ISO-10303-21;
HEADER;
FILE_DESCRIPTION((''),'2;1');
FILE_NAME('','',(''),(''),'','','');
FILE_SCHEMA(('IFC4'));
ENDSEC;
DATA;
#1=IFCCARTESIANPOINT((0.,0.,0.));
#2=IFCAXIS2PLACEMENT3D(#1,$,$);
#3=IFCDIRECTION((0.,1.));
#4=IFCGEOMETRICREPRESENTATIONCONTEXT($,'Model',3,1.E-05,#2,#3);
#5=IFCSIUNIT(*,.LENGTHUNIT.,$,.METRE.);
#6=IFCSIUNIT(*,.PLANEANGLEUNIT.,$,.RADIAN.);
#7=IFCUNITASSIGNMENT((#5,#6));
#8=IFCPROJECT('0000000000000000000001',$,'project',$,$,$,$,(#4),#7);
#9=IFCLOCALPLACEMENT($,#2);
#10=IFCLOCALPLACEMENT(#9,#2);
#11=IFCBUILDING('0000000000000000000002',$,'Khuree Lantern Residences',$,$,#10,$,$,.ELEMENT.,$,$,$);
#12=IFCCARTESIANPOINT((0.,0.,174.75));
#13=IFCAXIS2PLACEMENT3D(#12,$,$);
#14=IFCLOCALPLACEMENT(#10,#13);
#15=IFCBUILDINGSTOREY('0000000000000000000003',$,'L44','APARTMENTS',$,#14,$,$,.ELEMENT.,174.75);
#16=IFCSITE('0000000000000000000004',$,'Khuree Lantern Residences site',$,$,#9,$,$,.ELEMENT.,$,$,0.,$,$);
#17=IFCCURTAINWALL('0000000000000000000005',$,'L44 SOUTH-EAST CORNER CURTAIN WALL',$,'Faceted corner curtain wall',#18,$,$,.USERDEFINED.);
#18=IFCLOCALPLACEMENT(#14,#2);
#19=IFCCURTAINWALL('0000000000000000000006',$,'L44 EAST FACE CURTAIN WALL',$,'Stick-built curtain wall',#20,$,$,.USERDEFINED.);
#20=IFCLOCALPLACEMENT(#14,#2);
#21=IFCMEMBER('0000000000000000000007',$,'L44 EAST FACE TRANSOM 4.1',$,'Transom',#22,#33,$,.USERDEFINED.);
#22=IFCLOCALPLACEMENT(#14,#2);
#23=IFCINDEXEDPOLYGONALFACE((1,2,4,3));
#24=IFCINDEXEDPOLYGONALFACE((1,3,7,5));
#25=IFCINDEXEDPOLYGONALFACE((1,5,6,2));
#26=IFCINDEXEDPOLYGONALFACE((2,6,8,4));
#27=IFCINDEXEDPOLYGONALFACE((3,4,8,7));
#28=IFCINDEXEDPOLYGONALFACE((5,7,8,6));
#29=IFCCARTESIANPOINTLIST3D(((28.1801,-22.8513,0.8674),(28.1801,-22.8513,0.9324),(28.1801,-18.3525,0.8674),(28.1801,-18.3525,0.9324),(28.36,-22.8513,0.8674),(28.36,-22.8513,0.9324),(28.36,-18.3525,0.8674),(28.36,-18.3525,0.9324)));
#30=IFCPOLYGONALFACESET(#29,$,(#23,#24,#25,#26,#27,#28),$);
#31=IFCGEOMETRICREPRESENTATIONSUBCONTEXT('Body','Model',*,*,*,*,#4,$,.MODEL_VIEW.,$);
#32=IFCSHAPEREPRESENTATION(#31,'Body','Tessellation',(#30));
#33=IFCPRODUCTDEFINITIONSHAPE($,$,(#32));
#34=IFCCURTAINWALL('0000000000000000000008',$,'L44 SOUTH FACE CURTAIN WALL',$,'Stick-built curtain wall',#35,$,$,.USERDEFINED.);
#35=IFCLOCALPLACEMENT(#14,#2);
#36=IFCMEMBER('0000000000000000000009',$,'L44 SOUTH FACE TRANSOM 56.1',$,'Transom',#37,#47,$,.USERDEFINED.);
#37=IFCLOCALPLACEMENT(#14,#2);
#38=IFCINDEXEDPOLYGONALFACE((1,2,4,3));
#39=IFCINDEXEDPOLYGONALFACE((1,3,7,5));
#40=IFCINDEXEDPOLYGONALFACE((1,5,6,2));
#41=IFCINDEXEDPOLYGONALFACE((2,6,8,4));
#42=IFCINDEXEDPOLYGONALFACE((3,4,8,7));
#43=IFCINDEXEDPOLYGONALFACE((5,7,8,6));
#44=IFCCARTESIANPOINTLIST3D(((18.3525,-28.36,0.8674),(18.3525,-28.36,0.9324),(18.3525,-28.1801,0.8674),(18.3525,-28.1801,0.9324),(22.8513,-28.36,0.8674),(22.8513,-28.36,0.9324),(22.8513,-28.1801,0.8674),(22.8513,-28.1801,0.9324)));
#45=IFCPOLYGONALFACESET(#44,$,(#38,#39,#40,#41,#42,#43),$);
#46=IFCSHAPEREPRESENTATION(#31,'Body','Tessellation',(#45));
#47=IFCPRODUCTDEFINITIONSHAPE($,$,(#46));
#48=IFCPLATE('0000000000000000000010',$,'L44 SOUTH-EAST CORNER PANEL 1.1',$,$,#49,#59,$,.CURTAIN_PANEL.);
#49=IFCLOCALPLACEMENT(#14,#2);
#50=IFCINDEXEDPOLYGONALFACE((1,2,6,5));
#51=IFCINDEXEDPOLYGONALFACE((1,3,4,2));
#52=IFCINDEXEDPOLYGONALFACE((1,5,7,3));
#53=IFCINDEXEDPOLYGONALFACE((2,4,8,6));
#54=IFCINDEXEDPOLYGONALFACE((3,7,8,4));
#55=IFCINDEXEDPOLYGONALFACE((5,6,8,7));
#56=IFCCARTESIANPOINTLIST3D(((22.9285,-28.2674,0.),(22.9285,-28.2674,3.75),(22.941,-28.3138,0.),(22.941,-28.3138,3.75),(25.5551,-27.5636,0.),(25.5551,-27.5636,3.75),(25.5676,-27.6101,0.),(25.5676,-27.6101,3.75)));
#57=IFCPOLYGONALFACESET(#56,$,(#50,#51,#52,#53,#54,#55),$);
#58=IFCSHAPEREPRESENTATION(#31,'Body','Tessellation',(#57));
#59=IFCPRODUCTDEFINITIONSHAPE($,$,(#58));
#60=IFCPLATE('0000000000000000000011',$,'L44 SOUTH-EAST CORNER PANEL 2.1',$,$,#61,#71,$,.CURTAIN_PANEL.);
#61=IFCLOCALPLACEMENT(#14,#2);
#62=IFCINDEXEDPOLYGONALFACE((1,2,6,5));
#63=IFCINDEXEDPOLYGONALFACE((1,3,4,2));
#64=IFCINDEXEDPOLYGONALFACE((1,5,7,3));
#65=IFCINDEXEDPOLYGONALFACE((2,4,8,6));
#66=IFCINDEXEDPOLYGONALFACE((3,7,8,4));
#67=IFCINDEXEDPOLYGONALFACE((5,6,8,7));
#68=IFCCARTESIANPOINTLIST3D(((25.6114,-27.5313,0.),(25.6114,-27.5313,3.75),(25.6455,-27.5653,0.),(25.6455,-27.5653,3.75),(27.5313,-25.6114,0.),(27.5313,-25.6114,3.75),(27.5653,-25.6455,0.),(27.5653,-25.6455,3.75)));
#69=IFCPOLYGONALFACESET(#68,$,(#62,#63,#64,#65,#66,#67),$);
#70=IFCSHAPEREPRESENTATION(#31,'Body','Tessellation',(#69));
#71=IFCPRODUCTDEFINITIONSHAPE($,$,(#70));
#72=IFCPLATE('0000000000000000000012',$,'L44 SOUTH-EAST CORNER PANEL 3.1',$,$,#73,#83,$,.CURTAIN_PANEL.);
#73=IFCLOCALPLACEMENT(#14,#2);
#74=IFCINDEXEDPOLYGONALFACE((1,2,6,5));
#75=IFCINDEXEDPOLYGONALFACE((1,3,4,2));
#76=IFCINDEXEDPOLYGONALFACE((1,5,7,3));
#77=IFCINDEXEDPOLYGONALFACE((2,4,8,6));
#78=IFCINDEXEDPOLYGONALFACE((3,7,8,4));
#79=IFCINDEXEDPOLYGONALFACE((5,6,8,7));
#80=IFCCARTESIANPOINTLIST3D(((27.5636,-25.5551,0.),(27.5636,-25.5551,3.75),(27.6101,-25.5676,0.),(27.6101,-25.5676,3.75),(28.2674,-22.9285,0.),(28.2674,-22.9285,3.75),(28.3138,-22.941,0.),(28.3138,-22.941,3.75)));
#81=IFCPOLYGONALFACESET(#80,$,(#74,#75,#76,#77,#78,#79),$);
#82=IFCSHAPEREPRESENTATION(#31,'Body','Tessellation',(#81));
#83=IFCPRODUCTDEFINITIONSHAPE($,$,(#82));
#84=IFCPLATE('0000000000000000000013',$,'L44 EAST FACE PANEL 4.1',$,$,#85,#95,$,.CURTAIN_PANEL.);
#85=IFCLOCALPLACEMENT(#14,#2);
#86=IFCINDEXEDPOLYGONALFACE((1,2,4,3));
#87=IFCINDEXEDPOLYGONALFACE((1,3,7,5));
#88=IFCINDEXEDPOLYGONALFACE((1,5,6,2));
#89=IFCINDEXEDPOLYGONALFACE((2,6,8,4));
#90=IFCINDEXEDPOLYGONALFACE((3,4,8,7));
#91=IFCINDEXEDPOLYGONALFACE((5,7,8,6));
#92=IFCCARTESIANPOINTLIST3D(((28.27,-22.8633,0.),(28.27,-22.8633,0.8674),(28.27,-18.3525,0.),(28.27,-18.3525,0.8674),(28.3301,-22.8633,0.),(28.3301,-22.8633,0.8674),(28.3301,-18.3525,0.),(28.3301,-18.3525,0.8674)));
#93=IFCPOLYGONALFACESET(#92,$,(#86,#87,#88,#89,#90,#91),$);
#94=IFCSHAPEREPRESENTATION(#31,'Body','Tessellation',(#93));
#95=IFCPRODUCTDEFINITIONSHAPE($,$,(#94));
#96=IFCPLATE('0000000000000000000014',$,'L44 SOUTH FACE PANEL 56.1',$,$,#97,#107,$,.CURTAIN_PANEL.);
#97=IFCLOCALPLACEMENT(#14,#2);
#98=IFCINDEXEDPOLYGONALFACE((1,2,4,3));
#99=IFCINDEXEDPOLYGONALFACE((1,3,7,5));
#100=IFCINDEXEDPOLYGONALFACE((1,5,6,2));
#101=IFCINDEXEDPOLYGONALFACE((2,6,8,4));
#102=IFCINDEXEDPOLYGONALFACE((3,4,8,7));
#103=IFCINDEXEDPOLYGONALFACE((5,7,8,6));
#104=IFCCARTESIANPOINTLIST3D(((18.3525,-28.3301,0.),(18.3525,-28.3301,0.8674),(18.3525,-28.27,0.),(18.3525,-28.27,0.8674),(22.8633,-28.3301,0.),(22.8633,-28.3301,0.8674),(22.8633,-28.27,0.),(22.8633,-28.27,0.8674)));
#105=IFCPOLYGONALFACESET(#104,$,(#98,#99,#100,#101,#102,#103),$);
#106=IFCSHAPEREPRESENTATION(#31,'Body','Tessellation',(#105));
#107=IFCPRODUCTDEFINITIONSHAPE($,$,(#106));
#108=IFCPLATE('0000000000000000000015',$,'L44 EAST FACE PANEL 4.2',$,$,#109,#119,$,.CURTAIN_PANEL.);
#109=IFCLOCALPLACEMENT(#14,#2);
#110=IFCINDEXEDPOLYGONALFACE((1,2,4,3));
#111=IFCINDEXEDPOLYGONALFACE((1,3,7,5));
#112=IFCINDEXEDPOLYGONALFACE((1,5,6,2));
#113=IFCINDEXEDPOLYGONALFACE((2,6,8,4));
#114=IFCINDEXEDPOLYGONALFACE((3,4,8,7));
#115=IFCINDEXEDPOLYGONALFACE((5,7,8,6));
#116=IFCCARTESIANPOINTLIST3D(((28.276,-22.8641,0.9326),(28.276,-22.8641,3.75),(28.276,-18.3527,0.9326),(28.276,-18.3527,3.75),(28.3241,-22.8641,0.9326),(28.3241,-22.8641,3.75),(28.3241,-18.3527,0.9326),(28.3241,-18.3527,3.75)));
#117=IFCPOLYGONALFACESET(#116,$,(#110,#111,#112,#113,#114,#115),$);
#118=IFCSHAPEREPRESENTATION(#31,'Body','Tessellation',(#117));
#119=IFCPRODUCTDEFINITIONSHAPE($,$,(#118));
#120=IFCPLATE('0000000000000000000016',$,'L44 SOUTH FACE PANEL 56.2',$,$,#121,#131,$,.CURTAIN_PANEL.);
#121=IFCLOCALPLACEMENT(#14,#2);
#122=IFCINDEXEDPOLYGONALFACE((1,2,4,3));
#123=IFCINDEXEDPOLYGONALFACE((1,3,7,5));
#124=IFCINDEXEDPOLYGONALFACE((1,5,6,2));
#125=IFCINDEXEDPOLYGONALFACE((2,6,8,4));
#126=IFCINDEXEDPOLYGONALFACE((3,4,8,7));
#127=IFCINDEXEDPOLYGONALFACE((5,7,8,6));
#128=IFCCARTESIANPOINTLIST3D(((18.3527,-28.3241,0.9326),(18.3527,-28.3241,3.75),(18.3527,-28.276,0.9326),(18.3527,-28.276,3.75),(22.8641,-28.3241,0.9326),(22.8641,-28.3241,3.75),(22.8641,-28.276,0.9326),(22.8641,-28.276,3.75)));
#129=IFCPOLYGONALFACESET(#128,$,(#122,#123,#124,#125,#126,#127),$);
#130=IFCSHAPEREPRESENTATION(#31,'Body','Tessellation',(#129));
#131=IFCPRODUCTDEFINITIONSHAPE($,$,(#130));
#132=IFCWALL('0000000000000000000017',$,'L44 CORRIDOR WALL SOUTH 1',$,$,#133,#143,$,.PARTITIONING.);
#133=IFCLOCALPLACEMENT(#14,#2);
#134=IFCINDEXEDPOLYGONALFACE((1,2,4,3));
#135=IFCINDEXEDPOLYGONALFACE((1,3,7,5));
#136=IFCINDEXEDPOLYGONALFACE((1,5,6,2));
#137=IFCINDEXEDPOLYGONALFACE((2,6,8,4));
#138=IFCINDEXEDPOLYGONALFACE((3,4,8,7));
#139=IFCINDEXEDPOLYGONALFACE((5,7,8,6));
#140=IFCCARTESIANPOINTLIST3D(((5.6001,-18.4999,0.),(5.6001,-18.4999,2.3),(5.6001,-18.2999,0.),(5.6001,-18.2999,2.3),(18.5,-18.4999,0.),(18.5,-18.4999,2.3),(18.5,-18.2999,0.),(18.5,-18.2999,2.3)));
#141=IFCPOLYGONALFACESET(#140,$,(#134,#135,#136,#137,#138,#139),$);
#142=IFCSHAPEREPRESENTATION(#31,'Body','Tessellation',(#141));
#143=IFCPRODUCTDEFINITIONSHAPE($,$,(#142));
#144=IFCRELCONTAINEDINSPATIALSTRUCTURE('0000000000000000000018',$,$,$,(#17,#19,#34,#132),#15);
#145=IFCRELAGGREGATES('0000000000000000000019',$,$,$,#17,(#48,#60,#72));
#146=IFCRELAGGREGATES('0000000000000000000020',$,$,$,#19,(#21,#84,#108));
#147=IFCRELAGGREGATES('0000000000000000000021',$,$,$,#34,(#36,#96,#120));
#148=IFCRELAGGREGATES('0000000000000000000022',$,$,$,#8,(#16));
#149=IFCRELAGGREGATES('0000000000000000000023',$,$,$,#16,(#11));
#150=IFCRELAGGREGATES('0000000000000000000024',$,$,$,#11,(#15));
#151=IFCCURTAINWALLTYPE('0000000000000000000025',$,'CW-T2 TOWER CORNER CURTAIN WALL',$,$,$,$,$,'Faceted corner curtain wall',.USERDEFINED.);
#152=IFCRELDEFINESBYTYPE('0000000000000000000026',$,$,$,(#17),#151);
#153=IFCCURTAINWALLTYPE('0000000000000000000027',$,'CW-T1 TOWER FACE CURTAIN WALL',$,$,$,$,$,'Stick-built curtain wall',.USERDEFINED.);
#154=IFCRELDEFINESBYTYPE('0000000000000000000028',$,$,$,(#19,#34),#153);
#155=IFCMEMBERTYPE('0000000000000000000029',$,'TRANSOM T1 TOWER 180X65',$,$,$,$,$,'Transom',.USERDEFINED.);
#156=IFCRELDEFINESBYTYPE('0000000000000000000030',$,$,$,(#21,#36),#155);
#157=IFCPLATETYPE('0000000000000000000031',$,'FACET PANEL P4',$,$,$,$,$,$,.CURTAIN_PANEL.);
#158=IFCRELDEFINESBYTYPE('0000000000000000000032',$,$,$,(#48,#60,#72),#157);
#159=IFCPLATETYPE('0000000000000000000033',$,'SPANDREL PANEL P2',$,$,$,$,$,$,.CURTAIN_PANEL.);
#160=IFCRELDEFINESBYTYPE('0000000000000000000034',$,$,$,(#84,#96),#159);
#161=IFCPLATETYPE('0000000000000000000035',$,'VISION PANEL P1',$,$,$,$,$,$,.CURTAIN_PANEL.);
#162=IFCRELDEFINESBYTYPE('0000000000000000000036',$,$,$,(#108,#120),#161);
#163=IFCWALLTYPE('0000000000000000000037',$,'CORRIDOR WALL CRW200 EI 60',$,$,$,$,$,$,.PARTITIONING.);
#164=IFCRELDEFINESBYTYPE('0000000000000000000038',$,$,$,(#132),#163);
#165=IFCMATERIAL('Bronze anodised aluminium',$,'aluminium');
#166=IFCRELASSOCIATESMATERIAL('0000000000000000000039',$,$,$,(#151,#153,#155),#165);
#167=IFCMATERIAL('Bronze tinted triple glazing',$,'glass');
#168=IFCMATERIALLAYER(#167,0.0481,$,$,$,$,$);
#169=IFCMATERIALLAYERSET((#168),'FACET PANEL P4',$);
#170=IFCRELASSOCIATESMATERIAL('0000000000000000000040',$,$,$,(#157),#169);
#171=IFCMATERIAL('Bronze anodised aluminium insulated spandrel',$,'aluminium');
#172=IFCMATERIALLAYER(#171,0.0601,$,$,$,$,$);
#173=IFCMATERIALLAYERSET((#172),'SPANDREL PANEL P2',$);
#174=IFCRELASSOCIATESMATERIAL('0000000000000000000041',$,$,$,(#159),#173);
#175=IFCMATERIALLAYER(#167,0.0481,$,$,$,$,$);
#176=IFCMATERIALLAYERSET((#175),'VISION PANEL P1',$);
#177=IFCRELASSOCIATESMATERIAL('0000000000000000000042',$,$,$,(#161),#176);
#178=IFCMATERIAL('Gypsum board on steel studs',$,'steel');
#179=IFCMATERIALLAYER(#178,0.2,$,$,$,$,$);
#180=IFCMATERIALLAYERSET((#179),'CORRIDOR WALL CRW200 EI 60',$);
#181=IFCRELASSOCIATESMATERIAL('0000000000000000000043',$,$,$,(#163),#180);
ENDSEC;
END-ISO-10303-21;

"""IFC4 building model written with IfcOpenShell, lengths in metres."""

from ifc_helpers import new_model, si_unit, direction, frame, frame_2d, origin, origin_2d, place, context, subcontext, project, spatial, rectangle, extrude, material, layer, layer_set, material_profile, profile_set, type_object, element, aggregate, save


model = new_model("IFC4")

# Units and contexts
model_context = context("Model", 3, precision=1e-05, world=origin(), true_north=direction((0.0, 1.0)))
body_context = subcontext(model_context, "Body", "Model", "MODEL_VIEW")
ifc_project = project(units=[si_unit("LENGTHUNIT", "METRE"), si_unit("PLANEANGLEUNIT", "RADIAN")], contexts=[model_context])

# Site, building, storey
site_placement = place(None, origin())
site = spatial("IfcSite", under=ifc_project, at=site_placement, Name="Khuree Lantern Residences site", CompositionType="ELEMENT", RefElevation=0.0)
building_placement = place(site_placement, origin())
building = spatial("IfcBuilding", under=site, at=building_placement, Name="Khuree Lantern Residences", CompositionType="ELEMENT")
storey_placement = place(building_placement, frame((0.0, 0.0, 174.75)))
storey = spatial("IfcBuildingStorey", under=building, at=storey_placement, Name="L44", Description="APARTMENTS", CompositionType="ELEMENT", Elevation=174.75)

# Curtain wall
ifc_material_1 = material(Name="Bronze anodised aluminium", Category="aluminium")
curtain_wall_type_1 = type_object("IfcCurtainWallType", Name="CW-T2 TOWER CORNER CURTAIN WALL", ElementType="Faceted corner curtain wall", PredefinedType="USERDEFINED", material=ifc_material_1)
curtain_wall_1_placement = place(storey_placement, origin())
curtain_wall_1 = element("IfcCurtainWall", 1, at=curtain_wall_1_placement, inside=storey, type_object=curtain_wall_type_1, Name="L44 SOUTH-EAST CORNER CURTAIN WALL", ObjectType="Faceted corner curtain wall", PredefinedType="USERDEFINED")

# Curtain wall, member
curtain_wall_type_2 = type_object("IfcCurtainWallType", Name="CW-T1 TOWER FACE CURTAIN WALL", ElementType="Stick-built curtain wall", PredefinedType="USERDEFINED", material=ifc_material_1)
curtain_wall_2_placement = place(storey_placement, origin())
curtain_wall_2 = element("IfcCurtainWall", 2, at=curtain_wall_2_placement, inside=storey, type_object=curtain_wall_type_2, Name="L44 EAST FACE CURTAIN WALL", ObjectType="Stick-built curtain wall", PredefinedType="USERDEFINED")
ifc_material_profile_1 = material_profile(ifc_material_1, rectangle(XDim=0.1799, YDim=0.0649, at=origin_2d()), Name="T1 180X65")
ifc_profile_set_1 = profile_set([ifc_material_profile_1], Name="Bronze anodised aluminium")
member_type_1 = type_object("IfcMemberType", Name="TRANSOM T1 TOWER 180X65", ElementType="Transom", PredefinedType="USERDEFINED", material=ifc_profile_set_1)
member_1_placement = place(storey_placement, frame((28.27, -22.8513, 0.8999), z_axis=(0.0, 1.0, 0.0), x_axis=(-1.0, 0.0, 0.0)))
member_1 = element("IfcMember", 3, at=member_1_placement, type_object=member_type_1, Name="L44 EAST FACE TRANSOM 4.1", ObjectType="Transom", PredefinedType="USERDEFINED", context=body_context, shape_type="SweptSolid", body=[
    extrude(rectangle(XDim=0.1799, YDim=0.0649, at=origin_2d()), origin(), (0.0, 0.0, 1.0), 4.4988),
])

# Curtain wall, member
curtain_wall_3_placement = place(storey_placement, origin())
curtain_wall_3 = element("IfcCurtainWall", 4, at=curtain_wall_3_placement, inside=storey, type_object=curtain_wall_type_2, Name="L44 SOUTH FACE CURTAIN WALL", ObjectType="Stick-built curtain wall", PredefinedType="USERDEFINED")
member_2_placement = place(storey_placement, frame((18.3525, -28.27, 0.8999), z_axis=(1.0, 0.0, 0.0), x_axis=(0.0, 1.0, 0.0)))
member_2 = element("IfcMember", 5, at=member_2_placement, type_object=member_type_1, Name="L44 SOUTH FACE TRANSOM 56.1", ObjectType="Transom", PredefinedType="USERDEFINED", context=body_context, shape_type="SweptSolid", body=[
    extrude(rectangle(XDim=0.1799, YDim=0.0649, at=origin_2d()), origin(), (0.0, 0.0, 1.0), 4.4988),
])

# Plates
ifc_material_2 = material(Name="Bronze tinted triple glazing", Category="glass")
ifc_layer_1 = layer(ifc_material_2, 0.0481)
ifc_layer_set_1 = layer_set([ifc_layer_1], Name="FACET PANEL P4")
plate_type_1 = type_object("IfcPlateType", Name="FACET PANEL P4", PredefinedType="CURTAIN_PANEL", material=ifc_layer_set_1)
plate_1_placement = place(storey_placement, frame((24.248, -27.9387, 0.0), z_axis=(0.0, 0.0, 1.0), x_axis=(0.965926, 0.258819, 0.0)))
plate_1 = element("IfcPlate", 6, at=plate_1_placement, type_object=plate_type_1, Name="L44 SOUTH-EAST CORNER PANEL 1.1", PredefinedType="CURTAIN_PANEL", context=body_context, shape_type="SweptSolid", body=[
    extrude(rectangle(XDim=2.7192, YDim=0.0481, at=origin_2d()), origin(), (0.0, 0.0, 1.0), 3.75),
])
plate_2_placement = place(storey_placement, frame((26.5884, -26.5884, 0.0), z_axis=(0.0, 0.0, 1.0), x_axis=(0.707107, 0.707107, 0.0)))
plate_2 = element("IfcPlate", 7, at=plate_2_placement, type_object=plate_type_1, Name="L44 SOUTH-EAST CORNER PANEL 2.1", PredefinedType="CURTAIN_PANEL", context=body_context, shape_type="SweptSolid", body=[
    extrude(rectangle(XDim=2.7151, YDim=0.0481, at=origin_2d()), origin(), (0.0, 0.0, 1.0), 3.75),
])
plate_3_placement = place(storey_placement, frame((27.9387, -24.248, 0.0), z_axis=(0.0, 0.0, 1.0), x_axis=(0.258819, 0.965926, 0.0)))
plate_3 = element("IfcPlate", 8, at=plate_3_placement, type_object=plate_type_1, Name="L44 SOUTH-EAST CORNER PANEL 3.1", PredefinedType="CURTAIN_PANEL", context=body_context, shape_type="SweptSolid", body=[
    extrude(rectangle(XDim=2.7192, YDim=0.0481, at=origin_2d()), origin(), (0.0, 0.0, 1.0), 3.75),
])
aggregate(curtain_wall_1, [plate_1, plate_2, plate_3])
ifc_material_3 = material(Name="Bronze anodised aluminium insulated spandrel", Category="aluminium")
ifc_layer_2 = layer(ifc_material_3, 0.0601)
ifc_layer_set_2 = layer_set([ifc_layer_2], Name="SPANDREL PANEL P2")
plate_type_2 = type_object("IfcPlateType", Name="SPANDREL PANEL P2", PredefinedType="CURTAIN_PANEL", material=ifc_layer_set_2)
plate_4_placement = place(storey_placement, frame((28.3, -20.6079, 0.0), z_axis=(0.0, 0.0, 1.0), x_axis=(0.0, 1.0, 0.0)))
plate_4 = element("IfcPlate", 9, at=plate_4_placement, type_object=plate_type_2, Name="L44 EAST FACE PANEL 4.1", PredefinedType="CURTAIN_PANEL", context=body_context, shape_type="SweptSolid", body=[
    extrude(rectangle(XDim=4.5107, YDim=0.0601, at=origin_2d()), origin(), (0.0, 0.0, 1.0), 0.8674),
])
plate_5_placement = place(storey_placement, frame((20.6079, -28.3, 0.0), z_axis=(0.0, 0.0, 1.0), x_axis=(1.0, 0.0, 0.0)))
plate_5 = element("IfcPlate", 10, at=plate_5_placement, type_object=plate_type_2, Name="L44 SOUTH FACE PANEL 56.1", PredefinedType="CURTAIN_PANEL", context=body_context, shape_type="SweptSolid", body=[
    extrude(rectangle(XDim=4.5107, YDim=0.0601, at=origin_2d()), origin(), (0.0, 0.0, 1.0), 0.8674),
])
ifc_layer_3 = layer(ifc_material_2, 0.0481)
ifc_layer_set_3 = layer_set([ifc_layer_3], Name="VISION PANEL P1")
plate_type_3 = type_object("IfcPlateType", Name="VISION PANEL P1", PredefinedType="CURTAIN_PANEL", material=ifc_layer_set_3)
plate_6_placement = place(storey_placement, frame((28.3, -20.6084, 0.9326), z_axis=(0.0, 0.0, 1.0), x_axis=(0.0, 1.0, 0.0)))
plate_6 = element("IfcPlate", 11, at=plate_6_placement, type_object=plate_type_3, Name="L44 EAST FACE PANEL 4.2", PredefinedType="CURTAIN_PANEL", context=body_context, shape_type="SweptSolid", body=[
    extrude(rectangle(XDim=4.5115, YDim=0.0481, at=origin_2d()), origin(), (0.0, 0.0, 1.0), 2.8174),
])
aggregate(curtain_wall_2, [member_1, plate_4, plate_6])
plate_7_placement = place(storey_placement, frame((20.6084, -28.3, 0.9326), z_axis=(0.0, 0.0, 1.0), x_axis=(1.0, 0.0, 0.0)))
plate_7 = element("IfcPlate", 12, at=plate_7_placement, type_object=plate_type_3, Name="L44 SOUTH FACE PANEL 56.2", PredefinedType="CURTAIN_PANEL", context=body_context, shape_type="SweptSolid", body=[
    extrude(rectangle(XDim=4.5115, YDim=0.0481, at=origin_2d()), origin(), (0.0, 0.0, 1.0), 2.8174),
])
aggregate(curtain_wall_3, [member_2, plate_5, plate_7])

# Wall
ifc_material_4 = material(Name="Gypsum board on steel studs", Category="steel")
ifc_layer_4 = layer(ifc_material_4, 0.2)
ifc_layer_set_4 = layer_set([ifc_layer_4], Name="CORRIDOR WALL CRW200 EI 60")
wall_type = type_object("IfcWallType", Name="CORRIDOR WALL CRW200 EI 60", PredefinedType="PARTITIONING", material=ifc_layer_set_4)
wall_placement = place(storey_placement, frame((18.5, -18.3999, 0.0), z_axis=(0.0, 0.0, 1.0), x_axis=(-1.0, 0.0, 0.0)))
element("IfcWall", 13, at=wall_placement, inside=storey, type_object=wall_type, Name="L44 CORRIDOR WALL SOUTH 1", PredefinedType="PARTITIONING", context=body_context, shape_type="SweptSolid", body=[
    extrude(rectangle(XDim=12.8999, YDim=0.2, at=frame_2d((6.45, 0.0))), origin(), (0.0, 0.0, 1.0), 2.3),
])

save(model, "model.ifc")
